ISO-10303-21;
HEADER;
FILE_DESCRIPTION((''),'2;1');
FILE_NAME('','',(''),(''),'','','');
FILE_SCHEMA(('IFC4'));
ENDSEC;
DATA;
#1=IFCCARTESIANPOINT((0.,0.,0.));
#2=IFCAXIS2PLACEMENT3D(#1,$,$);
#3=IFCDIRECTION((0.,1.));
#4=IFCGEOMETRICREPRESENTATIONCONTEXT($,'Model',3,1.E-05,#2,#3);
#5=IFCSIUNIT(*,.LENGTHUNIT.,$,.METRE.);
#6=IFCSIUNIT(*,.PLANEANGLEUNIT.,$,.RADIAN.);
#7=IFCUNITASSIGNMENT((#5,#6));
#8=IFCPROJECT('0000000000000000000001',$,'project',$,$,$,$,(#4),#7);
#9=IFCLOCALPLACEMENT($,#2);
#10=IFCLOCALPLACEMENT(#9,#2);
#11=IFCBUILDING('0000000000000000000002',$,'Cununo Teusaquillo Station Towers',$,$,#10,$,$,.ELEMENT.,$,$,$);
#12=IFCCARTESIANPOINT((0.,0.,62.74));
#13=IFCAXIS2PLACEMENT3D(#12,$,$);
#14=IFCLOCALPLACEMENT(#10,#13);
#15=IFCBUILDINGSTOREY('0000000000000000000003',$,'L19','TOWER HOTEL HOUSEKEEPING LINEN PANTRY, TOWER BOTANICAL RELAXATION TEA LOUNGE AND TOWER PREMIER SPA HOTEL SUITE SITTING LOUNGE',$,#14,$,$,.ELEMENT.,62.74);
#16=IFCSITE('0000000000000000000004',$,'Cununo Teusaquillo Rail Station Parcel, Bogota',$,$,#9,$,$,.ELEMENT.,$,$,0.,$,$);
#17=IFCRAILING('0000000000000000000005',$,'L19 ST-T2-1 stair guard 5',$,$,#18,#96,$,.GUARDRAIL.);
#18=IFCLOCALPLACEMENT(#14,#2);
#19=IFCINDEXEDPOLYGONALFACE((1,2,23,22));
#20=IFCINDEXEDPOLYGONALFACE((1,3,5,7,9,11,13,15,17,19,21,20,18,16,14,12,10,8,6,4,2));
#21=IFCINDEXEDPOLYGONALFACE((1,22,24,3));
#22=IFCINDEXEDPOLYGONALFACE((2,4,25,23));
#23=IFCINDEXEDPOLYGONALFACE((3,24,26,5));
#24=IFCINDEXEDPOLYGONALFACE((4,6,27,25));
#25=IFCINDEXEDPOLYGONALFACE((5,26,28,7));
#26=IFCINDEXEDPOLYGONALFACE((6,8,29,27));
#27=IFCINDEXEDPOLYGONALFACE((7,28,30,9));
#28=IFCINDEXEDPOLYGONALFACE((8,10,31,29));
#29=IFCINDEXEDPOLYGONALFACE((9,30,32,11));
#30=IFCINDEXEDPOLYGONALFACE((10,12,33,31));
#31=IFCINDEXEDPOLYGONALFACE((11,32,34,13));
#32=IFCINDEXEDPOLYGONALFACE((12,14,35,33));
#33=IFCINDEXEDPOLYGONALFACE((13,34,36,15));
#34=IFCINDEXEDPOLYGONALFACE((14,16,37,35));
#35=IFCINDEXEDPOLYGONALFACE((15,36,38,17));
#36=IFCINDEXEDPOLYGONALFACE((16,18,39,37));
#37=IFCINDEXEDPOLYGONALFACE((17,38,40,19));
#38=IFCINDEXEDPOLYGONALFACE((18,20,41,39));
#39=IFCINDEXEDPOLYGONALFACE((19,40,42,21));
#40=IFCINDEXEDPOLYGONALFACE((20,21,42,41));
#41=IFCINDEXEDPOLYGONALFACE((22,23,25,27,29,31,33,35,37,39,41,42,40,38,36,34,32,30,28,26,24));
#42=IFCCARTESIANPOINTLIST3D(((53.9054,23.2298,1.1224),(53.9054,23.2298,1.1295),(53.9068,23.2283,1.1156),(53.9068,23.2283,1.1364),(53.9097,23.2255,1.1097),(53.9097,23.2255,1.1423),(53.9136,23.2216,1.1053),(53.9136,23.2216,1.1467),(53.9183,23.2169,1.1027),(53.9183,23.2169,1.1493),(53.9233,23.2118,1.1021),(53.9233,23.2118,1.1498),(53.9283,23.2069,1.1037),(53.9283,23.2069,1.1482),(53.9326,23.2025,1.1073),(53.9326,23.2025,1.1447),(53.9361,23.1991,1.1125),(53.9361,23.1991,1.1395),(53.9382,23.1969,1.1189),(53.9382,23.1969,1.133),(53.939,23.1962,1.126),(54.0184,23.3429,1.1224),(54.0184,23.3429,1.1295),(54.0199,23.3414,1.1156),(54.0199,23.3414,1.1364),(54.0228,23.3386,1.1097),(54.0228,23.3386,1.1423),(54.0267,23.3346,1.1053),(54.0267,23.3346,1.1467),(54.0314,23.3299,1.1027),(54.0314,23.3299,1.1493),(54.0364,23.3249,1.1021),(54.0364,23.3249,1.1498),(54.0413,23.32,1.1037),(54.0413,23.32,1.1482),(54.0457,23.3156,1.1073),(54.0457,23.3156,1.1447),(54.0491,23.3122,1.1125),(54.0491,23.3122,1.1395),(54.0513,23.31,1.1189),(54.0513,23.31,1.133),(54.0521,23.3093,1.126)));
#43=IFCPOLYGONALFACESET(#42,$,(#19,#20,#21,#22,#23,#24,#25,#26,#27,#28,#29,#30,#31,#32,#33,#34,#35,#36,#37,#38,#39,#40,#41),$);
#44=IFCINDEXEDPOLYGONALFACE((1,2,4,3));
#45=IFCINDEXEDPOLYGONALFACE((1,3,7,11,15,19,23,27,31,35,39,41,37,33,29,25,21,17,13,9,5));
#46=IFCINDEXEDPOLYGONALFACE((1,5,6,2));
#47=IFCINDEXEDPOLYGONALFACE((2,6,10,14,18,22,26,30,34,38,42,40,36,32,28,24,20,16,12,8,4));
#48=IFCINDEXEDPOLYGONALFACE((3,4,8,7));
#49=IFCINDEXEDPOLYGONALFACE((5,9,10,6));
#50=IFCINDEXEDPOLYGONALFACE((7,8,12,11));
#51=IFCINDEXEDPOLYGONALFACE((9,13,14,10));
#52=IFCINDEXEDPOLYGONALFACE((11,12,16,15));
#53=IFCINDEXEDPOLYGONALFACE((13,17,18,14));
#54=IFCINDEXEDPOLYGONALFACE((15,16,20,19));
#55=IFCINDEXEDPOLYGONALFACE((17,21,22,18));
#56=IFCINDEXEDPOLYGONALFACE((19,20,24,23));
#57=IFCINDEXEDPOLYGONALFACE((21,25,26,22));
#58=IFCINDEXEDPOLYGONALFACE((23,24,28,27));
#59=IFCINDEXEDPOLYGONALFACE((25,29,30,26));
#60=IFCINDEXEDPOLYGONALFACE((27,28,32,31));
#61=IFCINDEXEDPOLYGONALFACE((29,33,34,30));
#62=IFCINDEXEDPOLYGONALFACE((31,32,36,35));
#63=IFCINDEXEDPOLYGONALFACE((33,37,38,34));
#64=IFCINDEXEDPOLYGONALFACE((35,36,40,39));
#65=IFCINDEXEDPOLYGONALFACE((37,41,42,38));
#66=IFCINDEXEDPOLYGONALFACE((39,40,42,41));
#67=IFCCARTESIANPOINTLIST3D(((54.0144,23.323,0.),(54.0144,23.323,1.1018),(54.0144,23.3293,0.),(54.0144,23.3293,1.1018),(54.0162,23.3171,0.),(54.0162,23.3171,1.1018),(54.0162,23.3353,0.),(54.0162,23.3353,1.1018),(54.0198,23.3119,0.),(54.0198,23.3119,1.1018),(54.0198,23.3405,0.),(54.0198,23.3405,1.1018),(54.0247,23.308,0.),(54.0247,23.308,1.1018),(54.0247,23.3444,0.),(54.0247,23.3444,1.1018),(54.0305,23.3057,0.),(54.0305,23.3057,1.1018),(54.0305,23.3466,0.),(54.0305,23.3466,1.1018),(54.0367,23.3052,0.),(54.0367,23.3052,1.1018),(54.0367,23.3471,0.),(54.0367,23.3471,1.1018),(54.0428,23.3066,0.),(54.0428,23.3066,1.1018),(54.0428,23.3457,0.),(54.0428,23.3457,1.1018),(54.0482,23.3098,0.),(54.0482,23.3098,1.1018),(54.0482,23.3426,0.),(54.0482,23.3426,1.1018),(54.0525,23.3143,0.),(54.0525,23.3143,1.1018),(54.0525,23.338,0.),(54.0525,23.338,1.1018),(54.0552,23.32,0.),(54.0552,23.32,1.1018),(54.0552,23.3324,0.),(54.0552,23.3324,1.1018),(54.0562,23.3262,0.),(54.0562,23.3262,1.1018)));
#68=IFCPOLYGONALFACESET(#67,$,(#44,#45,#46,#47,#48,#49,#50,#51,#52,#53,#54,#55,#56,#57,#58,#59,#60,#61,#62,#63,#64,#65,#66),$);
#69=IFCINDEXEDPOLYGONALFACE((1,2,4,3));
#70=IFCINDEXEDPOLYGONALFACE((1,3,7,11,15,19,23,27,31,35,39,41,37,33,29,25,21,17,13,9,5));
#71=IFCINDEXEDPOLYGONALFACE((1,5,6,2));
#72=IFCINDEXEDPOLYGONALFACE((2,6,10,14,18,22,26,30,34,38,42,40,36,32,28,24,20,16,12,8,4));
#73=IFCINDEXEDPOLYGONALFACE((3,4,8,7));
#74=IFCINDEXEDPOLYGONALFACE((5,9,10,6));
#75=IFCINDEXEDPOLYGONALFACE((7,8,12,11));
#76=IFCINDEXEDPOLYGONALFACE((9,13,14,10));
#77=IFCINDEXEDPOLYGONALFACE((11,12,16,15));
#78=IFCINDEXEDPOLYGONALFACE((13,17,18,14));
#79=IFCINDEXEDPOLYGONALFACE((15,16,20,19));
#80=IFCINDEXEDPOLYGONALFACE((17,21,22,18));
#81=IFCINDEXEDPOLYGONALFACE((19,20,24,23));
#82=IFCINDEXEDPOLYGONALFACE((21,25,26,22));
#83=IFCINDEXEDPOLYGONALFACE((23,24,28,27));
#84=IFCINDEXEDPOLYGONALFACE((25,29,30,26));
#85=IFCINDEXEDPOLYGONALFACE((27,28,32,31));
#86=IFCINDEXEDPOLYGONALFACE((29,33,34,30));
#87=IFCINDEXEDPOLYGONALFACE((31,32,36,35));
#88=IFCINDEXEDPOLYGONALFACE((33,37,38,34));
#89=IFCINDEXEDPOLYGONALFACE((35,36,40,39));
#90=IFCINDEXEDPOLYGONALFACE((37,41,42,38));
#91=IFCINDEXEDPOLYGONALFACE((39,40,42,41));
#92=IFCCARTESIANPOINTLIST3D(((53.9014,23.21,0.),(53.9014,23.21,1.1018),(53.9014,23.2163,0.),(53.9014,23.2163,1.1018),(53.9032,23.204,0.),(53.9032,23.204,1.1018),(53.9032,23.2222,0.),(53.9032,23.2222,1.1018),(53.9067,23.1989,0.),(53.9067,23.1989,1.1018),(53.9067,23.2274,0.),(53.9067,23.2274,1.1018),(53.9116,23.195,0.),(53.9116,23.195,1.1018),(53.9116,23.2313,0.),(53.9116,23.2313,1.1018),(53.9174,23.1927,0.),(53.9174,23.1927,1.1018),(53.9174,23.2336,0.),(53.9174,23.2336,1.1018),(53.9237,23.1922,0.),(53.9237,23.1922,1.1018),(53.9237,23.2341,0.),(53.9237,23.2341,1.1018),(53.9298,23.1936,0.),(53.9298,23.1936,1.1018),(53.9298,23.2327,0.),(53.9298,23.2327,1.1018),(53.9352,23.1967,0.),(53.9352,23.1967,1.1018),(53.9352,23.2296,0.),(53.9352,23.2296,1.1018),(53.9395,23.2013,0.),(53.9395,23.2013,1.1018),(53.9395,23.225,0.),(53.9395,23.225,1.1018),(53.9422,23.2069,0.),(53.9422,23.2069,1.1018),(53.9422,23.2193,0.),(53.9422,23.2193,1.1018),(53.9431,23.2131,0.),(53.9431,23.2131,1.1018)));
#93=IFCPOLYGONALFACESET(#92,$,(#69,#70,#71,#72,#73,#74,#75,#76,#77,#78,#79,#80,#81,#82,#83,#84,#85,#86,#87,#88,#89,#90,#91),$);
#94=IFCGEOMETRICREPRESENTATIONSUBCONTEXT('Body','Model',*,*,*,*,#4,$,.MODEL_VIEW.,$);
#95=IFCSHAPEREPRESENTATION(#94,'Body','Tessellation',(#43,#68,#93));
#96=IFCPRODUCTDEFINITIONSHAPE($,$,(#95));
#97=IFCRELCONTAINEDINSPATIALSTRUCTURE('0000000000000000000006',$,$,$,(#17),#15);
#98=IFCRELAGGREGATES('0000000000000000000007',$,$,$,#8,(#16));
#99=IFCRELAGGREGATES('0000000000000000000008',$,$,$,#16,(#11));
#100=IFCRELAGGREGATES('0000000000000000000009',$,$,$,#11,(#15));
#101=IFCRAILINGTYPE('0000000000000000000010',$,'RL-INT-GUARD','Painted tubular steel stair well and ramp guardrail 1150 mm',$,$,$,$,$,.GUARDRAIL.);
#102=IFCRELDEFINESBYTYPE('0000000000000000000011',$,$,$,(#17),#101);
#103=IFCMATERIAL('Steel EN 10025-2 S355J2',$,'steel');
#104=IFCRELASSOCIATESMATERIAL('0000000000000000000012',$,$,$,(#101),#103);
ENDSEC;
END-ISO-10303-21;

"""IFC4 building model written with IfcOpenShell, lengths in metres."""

from ifc_helpers import new_model, si_unit, direction, frame, origin, origin_2d, place, context, subcontext, project, spatial, circle, extrude, material, type_object, element, save


model = new_model("IFC4")

# Units and contexts
model_context = context("Model", 3, precision=1e-05, world=origin(), true_north=direction((0.0, 1.0)))
body_context = subcontext(model_context, "Body", "Model", "MODEL_VIEW")
ifc_project = project(units=[si_unit("LENGTHUNIT", "METRE"), si_unit("PLANEANGLEUNIT", "RADIAN")], contexts=[model_context])

# Site, building, storey
site_placement = place(None, origin())
site = spatial("IfcSite", under=ifc_project, at=site_placement, Name="Cununo Teusaquillo Rail Station Parcel, Bogota", CompositionType="ELEMENT", RefElevation=0.0)
building_placement = place(site_placement, origin())
building = spatial("IfcBuilding", under=site, at=building_placement, Name="Cununo Teusaquillo Station Towers", CompositionType="ELEMENT")
storey_placement = place(building_placement, frame((0.0, 0.0, 62.74)))
storey = spatial("IfcBuildingStorey", under=building, at=storey_placement, Name="L19", Description="TOWER HOTEL HOUSEKEEPING LINEN PANTRY, TOWER BOTANICAL RELAXATION TEA LOUNGE AND TOWER PREMIER SPA HOTEL SUITE SITTING LOUNGE", CompositionType="ELEMENT", Elevation=62.74)

# Railing
ifc_material_1 = material(Name="Steel EN 10025-2 S355J2", Category="steel")
railing_type_1 = type_object("IfcRailingType", Name="RL-INT-GUARD", Description="Painted tubular steel stair well and ramp guardrail 1150 mm", PredefinedType="GUARDRAIL", material=ifc_material_1)
railing_1_placement = place(storey_placement, frame((54.0352, 23.3262, 0.0)))
element("IfcRailing", 1, at=railing_1_placement, inside=storey, type_object=railing_type_1, Name="L19 ST-T2-1 stair guard 5", PredefinedType="GUARDRAIL", context=body_context, shape_type="SweptSolid", body=[
    extrude(circle(Radius=0.0239, at=origin_2d()), frame((0.0, 0.0, 1.126), z_axis=(-0.707107, -0.707107, 0.0), x_axis=(0.707107, -0.707107, 0.0)), (0.0, 0.0, 1.0), 0.1599),
    extrude(circle(Radius=0.021, at=origin_2d()), origin(), (0.0, 0.0, 1.0), 1.1018),
    extrude(circle(Radius=0.021, at=origin_2d()), frame((-0.113, -0.113, 0.0)), (0.0, 0.0, 1.0), 1.1018),
])

save(model, "model.ifc")
